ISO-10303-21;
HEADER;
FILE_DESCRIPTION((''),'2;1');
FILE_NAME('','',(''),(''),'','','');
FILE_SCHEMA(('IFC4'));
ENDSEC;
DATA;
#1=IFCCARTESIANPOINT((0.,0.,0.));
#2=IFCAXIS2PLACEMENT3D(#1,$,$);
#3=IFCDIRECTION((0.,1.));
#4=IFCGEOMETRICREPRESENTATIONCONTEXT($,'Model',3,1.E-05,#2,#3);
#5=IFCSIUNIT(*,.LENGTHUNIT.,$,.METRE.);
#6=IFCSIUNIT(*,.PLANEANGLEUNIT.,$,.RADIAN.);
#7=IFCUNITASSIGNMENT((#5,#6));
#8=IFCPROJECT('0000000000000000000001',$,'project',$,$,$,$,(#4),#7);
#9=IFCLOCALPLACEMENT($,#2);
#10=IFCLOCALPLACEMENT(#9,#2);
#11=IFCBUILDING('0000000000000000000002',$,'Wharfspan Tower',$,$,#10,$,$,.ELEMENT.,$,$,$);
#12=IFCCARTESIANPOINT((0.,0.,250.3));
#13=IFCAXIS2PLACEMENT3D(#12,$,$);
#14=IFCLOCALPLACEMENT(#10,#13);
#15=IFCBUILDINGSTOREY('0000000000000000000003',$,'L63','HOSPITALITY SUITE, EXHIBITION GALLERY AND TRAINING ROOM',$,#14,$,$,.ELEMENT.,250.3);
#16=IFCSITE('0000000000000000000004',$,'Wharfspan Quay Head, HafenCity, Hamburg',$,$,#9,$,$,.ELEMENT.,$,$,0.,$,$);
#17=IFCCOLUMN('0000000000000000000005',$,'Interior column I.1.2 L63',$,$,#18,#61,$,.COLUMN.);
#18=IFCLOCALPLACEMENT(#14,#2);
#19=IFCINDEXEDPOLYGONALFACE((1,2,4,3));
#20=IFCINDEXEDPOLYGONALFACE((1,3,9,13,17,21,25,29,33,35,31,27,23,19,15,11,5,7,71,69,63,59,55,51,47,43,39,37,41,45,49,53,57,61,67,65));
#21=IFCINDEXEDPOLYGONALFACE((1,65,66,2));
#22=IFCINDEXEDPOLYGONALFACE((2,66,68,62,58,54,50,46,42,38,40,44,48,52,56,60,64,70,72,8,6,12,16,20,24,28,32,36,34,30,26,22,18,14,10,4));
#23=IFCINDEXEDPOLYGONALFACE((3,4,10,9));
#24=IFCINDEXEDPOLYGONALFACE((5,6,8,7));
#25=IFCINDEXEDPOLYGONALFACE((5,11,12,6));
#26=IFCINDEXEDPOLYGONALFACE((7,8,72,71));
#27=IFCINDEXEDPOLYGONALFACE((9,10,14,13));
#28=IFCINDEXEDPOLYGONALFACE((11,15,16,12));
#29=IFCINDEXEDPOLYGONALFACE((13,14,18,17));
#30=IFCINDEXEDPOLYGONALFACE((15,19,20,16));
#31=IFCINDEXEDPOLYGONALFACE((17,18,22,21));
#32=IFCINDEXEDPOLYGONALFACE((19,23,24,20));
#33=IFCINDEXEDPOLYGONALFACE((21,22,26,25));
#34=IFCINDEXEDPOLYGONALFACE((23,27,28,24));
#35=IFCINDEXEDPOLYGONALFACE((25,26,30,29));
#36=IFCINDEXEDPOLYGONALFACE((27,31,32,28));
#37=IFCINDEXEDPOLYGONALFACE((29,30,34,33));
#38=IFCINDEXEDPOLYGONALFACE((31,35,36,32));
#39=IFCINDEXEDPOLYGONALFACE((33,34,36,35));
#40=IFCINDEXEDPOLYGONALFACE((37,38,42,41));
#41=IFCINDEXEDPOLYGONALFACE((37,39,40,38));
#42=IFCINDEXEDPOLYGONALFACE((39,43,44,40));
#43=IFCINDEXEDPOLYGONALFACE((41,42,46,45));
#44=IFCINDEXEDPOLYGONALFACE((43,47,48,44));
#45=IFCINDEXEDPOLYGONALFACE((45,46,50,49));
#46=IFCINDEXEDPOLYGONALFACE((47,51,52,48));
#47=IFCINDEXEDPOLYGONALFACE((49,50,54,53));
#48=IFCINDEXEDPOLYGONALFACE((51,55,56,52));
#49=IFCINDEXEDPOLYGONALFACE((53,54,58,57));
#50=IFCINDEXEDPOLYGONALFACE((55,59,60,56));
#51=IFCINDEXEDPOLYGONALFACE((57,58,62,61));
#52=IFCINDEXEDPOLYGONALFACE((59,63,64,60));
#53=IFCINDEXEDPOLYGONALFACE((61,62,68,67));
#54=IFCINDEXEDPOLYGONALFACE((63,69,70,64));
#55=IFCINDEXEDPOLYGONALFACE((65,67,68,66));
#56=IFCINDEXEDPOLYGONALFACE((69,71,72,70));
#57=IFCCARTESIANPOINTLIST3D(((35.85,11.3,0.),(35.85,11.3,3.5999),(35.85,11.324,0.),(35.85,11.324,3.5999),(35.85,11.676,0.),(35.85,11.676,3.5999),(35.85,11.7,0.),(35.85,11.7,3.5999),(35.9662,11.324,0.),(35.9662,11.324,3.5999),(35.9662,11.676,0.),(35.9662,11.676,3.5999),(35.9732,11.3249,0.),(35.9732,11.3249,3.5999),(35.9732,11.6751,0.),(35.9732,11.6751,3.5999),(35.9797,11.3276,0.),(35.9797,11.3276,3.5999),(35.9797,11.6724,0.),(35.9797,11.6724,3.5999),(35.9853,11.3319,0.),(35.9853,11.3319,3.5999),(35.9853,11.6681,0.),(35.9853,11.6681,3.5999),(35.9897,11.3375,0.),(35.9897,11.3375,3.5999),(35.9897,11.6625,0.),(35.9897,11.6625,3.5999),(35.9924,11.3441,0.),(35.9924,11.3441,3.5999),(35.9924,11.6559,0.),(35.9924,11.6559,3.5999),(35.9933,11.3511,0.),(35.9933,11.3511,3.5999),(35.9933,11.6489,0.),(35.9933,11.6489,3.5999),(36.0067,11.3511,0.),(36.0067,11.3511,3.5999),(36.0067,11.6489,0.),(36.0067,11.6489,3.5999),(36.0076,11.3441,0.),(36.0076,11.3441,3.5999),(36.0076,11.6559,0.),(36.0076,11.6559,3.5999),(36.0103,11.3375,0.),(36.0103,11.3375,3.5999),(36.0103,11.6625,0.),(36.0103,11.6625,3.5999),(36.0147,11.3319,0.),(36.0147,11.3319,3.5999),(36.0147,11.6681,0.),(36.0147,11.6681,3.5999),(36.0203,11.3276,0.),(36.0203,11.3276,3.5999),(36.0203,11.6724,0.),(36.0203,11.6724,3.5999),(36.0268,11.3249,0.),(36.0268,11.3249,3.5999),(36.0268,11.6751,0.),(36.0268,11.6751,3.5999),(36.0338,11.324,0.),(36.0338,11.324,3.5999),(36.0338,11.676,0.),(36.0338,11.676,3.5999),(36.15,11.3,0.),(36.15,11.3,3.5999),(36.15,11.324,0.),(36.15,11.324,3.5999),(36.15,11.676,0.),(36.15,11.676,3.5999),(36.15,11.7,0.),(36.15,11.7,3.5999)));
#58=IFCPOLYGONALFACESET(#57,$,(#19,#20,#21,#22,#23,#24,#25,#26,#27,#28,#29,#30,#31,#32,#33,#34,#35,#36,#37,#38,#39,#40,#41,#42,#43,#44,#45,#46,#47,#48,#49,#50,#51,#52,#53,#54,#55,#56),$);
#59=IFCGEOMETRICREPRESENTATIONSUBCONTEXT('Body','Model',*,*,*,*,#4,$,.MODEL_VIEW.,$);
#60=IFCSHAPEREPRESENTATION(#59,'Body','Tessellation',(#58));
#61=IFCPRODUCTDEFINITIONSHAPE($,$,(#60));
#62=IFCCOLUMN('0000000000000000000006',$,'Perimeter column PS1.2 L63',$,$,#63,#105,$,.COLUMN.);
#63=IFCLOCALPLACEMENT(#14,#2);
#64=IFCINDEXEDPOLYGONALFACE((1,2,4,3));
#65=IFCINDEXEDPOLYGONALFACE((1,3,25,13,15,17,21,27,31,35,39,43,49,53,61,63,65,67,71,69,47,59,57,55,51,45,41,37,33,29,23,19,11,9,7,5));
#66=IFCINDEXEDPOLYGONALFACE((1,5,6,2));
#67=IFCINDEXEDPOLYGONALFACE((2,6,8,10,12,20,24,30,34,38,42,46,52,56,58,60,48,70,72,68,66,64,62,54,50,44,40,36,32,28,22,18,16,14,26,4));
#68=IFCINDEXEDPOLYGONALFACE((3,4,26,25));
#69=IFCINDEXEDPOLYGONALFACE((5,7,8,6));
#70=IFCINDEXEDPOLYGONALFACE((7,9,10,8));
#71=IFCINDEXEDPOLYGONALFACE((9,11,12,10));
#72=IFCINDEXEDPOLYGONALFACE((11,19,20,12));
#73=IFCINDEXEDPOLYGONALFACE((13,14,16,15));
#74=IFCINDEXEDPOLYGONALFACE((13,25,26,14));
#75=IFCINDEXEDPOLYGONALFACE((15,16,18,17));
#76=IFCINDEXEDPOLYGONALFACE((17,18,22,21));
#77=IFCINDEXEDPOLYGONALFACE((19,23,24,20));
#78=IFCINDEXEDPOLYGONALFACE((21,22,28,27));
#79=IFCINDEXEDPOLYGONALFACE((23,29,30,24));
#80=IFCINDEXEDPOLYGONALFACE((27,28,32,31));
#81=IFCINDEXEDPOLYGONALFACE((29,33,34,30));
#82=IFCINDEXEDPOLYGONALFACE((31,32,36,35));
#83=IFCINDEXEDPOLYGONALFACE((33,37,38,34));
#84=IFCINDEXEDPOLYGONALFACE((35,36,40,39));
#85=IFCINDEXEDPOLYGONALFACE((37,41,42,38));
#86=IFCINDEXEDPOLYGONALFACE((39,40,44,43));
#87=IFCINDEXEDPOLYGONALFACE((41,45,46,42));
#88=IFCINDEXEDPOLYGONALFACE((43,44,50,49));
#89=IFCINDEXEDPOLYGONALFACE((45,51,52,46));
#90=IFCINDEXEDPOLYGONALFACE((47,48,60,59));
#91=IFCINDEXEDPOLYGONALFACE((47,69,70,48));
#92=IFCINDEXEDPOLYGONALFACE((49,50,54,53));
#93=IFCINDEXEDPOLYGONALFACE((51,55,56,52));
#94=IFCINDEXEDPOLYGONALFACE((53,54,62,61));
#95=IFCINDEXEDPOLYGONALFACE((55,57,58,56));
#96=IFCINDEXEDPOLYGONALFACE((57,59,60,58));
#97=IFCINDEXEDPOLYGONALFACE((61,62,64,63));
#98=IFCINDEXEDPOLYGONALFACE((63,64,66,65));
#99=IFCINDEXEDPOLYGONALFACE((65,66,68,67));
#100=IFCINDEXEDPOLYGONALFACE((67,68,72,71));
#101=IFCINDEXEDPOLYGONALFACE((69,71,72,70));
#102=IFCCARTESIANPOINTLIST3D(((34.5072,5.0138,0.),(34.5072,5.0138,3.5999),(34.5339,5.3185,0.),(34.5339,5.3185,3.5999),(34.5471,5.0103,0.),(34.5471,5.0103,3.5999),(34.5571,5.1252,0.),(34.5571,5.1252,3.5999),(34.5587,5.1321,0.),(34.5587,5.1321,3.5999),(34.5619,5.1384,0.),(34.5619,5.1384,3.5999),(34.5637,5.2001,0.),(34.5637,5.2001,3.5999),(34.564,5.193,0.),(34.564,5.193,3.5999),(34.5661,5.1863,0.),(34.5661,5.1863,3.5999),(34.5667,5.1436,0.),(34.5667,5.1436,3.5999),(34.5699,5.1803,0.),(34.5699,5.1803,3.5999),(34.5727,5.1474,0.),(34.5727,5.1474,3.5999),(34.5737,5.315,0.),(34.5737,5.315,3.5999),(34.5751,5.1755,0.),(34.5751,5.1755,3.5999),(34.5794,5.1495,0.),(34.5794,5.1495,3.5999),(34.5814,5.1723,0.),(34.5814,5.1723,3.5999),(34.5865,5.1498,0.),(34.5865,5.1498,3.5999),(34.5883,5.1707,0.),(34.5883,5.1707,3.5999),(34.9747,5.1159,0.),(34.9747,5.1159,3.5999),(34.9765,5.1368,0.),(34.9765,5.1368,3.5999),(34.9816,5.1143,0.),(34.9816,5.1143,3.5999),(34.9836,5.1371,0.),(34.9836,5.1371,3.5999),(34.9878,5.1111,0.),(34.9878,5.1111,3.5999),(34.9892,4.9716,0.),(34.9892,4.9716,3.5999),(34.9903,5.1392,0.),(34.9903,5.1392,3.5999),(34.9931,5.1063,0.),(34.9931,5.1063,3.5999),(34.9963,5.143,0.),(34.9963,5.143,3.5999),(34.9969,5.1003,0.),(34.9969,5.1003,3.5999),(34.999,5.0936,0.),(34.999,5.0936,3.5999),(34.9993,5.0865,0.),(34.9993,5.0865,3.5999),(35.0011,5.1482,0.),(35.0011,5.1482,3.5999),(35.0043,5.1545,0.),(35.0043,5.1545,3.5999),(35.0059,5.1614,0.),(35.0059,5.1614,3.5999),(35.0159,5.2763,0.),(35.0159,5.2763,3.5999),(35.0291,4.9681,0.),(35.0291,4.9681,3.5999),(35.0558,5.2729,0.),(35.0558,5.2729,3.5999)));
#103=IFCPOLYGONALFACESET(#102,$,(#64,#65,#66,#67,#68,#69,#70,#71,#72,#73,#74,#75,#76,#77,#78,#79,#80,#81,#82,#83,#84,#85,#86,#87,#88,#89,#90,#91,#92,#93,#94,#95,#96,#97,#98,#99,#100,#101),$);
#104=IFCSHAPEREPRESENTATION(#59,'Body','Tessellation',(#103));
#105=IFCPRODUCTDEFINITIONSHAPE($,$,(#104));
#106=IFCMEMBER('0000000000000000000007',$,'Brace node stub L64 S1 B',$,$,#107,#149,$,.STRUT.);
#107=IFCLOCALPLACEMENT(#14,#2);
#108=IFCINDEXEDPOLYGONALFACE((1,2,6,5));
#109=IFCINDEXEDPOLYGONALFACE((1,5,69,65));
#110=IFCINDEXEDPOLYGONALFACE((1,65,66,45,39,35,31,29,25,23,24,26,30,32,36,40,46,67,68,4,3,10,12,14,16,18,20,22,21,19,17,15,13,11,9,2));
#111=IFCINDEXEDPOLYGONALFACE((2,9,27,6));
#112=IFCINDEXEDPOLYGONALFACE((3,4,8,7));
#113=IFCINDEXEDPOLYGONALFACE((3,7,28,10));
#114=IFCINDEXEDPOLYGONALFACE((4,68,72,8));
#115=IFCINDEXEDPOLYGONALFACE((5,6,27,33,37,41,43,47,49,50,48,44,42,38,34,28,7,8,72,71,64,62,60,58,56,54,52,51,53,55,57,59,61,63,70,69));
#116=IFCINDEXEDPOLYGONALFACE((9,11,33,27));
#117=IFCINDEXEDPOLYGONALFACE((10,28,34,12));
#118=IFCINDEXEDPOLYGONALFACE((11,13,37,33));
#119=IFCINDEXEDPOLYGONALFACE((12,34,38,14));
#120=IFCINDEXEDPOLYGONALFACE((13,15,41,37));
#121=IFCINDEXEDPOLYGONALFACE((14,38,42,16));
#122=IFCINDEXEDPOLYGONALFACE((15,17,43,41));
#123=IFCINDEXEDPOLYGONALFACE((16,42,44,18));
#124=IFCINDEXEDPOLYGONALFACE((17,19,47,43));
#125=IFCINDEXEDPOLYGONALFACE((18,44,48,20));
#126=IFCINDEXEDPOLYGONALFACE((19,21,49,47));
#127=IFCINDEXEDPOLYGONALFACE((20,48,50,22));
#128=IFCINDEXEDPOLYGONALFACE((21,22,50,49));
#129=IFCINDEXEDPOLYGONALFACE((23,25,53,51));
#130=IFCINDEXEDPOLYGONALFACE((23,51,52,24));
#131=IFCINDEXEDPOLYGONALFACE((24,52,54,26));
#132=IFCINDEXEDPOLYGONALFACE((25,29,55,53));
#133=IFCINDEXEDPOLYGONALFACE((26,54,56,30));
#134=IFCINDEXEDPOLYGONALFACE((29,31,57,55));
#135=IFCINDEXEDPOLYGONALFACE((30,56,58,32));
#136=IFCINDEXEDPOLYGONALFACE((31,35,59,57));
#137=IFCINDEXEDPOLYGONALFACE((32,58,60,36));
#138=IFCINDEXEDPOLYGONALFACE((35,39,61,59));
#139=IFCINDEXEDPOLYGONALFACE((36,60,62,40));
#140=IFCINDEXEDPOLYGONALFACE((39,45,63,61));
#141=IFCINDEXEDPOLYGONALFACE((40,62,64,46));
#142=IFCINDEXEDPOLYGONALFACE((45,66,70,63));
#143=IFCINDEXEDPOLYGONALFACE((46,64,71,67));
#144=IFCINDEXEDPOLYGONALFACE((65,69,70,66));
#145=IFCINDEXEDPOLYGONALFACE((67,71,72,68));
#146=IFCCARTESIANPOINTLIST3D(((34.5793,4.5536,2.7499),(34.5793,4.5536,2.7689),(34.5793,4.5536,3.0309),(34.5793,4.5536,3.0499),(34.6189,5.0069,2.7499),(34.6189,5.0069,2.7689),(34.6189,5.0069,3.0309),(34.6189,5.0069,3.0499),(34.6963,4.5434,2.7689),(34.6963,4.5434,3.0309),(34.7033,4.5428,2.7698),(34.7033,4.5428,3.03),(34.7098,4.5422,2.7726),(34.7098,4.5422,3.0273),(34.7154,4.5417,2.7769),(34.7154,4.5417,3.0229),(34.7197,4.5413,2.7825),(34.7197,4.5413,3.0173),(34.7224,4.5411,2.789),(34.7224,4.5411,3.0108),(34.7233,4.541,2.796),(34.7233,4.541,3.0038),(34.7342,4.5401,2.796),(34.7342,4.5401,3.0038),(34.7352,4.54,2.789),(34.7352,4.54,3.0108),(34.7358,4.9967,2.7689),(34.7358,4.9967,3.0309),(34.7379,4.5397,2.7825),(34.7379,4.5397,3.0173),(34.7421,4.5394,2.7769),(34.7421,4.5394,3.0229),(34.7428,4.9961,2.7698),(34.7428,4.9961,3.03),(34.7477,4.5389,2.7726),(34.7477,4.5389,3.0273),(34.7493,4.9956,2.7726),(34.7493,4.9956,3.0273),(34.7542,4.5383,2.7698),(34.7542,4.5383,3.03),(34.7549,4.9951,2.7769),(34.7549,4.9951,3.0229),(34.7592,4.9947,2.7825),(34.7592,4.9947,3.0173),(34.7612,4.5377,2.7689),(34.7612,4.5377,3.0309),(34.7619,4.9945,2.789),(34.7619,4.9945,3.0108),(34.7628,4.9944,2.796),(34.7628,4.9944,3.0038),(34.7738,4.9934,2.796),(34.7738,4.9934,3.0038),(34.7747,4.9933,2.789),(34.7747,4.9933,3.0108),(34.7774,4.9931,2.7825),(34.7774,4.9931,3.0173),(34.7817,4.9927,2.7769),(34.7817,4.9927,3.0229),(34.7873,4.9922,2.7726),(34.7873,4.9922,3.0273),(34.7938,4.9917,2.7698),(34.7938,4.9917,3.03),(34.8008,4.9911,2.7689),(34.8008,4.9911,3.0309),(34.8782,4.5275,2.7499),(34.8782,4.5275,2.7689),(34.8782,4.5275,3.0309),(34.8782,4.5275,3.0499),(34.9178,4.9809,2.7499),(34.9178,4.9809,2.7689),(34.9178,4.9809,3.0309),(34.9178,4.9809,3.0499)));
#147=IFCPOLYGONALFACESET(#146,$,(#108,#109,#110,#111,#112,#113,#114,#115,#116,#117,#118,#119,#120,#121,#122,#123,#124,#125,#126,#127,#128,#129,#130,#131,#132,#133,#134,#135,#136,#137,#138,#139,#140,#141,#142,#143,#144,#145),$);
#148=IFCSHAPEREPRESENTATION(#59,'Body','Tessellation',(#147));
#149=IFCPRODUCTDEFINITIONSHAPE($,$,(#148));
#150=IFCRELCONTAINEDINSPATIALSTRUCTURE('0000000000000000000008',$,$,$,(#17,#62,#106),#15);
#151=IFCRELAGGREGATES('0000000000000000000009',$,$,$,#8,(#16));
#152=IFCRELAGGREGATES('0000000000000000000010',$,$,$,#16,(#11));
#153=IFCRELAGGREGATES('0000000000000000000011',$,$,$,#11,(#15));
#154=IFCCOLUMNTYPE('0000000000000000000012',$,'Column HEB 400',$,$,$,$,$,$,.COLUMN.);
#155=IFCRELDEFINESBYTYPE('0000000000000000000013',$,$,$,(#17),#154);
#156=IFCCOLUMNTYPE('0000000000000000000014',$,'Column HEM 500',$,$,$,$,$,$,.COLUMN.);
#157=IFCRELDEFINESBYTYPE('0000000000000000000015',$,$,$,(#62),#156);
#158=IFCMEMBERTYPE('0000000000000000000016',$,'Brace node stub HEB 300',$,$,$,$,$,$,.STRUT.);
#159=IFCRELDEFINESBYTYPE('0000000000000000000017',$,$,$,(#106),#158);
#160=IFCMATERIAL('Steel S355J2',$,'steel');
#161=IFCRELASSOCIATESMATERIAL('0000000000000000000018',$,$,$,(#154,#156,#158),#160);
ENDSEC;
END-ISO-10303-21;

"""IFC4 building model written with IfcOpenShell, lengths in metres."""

from ifc_helpers import new_model, si_unit, direction, frame, origin, origin_2d, place, context, subcontext, project, spatial, i_section, extrude, material, material_profile, profile_set, type_object, element, save


model = new_model("IFC4")

# Units and contexts
model_context = context("Model", 3, precision=1e-05, world=origin(), true_north=direction((0.0, 1.0)))
body_context = subcontext(model_context, "Body", "Model", "MODEL_VIEW")
ifc_project = project(units=[si_unit("LENGTHUNIT", "METRE"), si_unit("PLANEANGLEUNIT", "RADIAN")], contexts=[model_context])

# Site, building, storey
site_placement = place(None, origin())
site = spatial("IfcSite", under=ifc_project, at=site_placement, Name="Wharfspan Quay Head, HafenCity, Hamburg", CompositionType="ELEMENT", RefElevation=0.0)
building_placement = place(site_placement, origin())
building = spatial("IfcBuilding", under=site, at=building_placement, Name="Wharfspan Tower", CompositionType="ELEMENT")
storey_placement = place(building_placement, frame((0.0, 0.0, 250.3)))
storey = spatial("IfcBuildingStorey", under=building, at=storey_placement, Name="L63", Description="HOSPITALITY SUITE, EXHIBITION GALLERY AND TRAINING ROOM", CompositionType="ELEMENT", Elevation=250.3)

# Columns
ifc_material_1 = material(Name="Steel S355J2", Category="steel")
ifc_material_profile_1 = material_profile(ifc_material_1, i_section(OverallWidth=0.3, OverallDepth=0.3999, WebThickness=0.0134, FlangeThickness=0.0239, FilletRadius=0.0271, at=origin_2d()))
ifc_profile_set_1 = profile_set([ifc_material_profile_1], Name="Steel S355J2")
column_type_1 = type_object("IfcColumnType", Name="Column HEB 400", PredefinedType="COLUMN", material=ifc_profile_set_1)
column_1_placement = place(storey_placement, frame((36.0, 11.5, 0.0), z_axis=(0.0, 0.0, 1.0), x_axis=(1.0, 0.0, 0.0)))
element("IfcColumn", 1, at=column_1_placement, inside=storey, type_object=column_type_1, Name="Interior column I.1.2 L63", PredefinedType="COLUMN", context=body_context, shape_type="SweptSolid", body=[
    extrude(i_section(OverallWidth=0.3, OverallDepth=0.3999, WebThickness=0.0134, FlangeThickness=0.0239, FilletRadius=0.0271, at=origin_2d()), origin(), (0.0, 0.0, 1.0), 3.5999),
])
ifc_material_profile_2 = material_profile(ifc_material_1, i_section(OverallWidth=0.3059, OverallDepth=0.5239, WebThickness=0.021, FlangeThickness=0.04, FilletRadius=0.0271, at=origin_2d()))
ifc_profile_set_2 = profile_set([ifc_material_profile_2], Name="Steel S355J2")
column_type_2 = type_object("IfcColumnType", Name="Column HEM 500", PredefinedType="COLUMN", material=ifc_profile_set_2)
column_2_placement = place(storey_placement, frame((34.7815, 5.1433, 0.0), z_axis=(0.0, 0.0, 1.0), x_axis=(-0.087156, -0.996197, 0.0)))
element("IfcColumn", 2, at=column_2_placement, inside=storey, type_object=column_type_2, Name="Perimeter column PS1.2 L63", PredefinedType="COLUMN", context=body_context, shape_type="SweptSolid", body=[
    extrude(i_section(OverallWidth=0.3059, OverallDepth=0.5239, WebThickness=0.021, FlangeThickness=0.04, FilletRadius=0.0271, at=origin_2d()), origin(), (0.0, 0.0, 1.0), 3.5999),
])

# Member
ifc_material_profile_3 = material_profile(ifc_material_1, i_section(OverallWidth=0.3, OverallDepth=0.3, WebThickness=0.011, FlangeThickness=0.019, FilletRadius=0.0271, at=origin_2d()))
ifc_profile_set_3 = profile_set([ifc_material_profile_3], Name="Steel S355J2")
member_type_1 = type_object("IfcMemberType", Name="Brace node stub HEB 300", PredefinedType="STRUT", material=ifc_profile_set_3)
member_1_placement = place(storey_placement, frame((34.7683, 4.9939, 2.8999), z_axis=(-0.086907, -0.996216, 0.0), x_axis=(0.996216, -0.086907, 0.0)))
element("IfcMember", 3, at=member_1_placement, inside=storey, type_object=member_type_1, Name="Brace node stub L64 S1 B", PredefinedType="STRUT", context=body_context, shape_type="SweptSolid", body=[
    extrude(i_section(OverallWidth=0.3, OverallDepth=0.3, WebThickness=0.011, FlangeThickness=0.019, FilletRadius=0.0271, at=origin_2d()), origin(), (0.0, 0.0, 1.0), 0.4551),
])

save(model, "model.ifc")
